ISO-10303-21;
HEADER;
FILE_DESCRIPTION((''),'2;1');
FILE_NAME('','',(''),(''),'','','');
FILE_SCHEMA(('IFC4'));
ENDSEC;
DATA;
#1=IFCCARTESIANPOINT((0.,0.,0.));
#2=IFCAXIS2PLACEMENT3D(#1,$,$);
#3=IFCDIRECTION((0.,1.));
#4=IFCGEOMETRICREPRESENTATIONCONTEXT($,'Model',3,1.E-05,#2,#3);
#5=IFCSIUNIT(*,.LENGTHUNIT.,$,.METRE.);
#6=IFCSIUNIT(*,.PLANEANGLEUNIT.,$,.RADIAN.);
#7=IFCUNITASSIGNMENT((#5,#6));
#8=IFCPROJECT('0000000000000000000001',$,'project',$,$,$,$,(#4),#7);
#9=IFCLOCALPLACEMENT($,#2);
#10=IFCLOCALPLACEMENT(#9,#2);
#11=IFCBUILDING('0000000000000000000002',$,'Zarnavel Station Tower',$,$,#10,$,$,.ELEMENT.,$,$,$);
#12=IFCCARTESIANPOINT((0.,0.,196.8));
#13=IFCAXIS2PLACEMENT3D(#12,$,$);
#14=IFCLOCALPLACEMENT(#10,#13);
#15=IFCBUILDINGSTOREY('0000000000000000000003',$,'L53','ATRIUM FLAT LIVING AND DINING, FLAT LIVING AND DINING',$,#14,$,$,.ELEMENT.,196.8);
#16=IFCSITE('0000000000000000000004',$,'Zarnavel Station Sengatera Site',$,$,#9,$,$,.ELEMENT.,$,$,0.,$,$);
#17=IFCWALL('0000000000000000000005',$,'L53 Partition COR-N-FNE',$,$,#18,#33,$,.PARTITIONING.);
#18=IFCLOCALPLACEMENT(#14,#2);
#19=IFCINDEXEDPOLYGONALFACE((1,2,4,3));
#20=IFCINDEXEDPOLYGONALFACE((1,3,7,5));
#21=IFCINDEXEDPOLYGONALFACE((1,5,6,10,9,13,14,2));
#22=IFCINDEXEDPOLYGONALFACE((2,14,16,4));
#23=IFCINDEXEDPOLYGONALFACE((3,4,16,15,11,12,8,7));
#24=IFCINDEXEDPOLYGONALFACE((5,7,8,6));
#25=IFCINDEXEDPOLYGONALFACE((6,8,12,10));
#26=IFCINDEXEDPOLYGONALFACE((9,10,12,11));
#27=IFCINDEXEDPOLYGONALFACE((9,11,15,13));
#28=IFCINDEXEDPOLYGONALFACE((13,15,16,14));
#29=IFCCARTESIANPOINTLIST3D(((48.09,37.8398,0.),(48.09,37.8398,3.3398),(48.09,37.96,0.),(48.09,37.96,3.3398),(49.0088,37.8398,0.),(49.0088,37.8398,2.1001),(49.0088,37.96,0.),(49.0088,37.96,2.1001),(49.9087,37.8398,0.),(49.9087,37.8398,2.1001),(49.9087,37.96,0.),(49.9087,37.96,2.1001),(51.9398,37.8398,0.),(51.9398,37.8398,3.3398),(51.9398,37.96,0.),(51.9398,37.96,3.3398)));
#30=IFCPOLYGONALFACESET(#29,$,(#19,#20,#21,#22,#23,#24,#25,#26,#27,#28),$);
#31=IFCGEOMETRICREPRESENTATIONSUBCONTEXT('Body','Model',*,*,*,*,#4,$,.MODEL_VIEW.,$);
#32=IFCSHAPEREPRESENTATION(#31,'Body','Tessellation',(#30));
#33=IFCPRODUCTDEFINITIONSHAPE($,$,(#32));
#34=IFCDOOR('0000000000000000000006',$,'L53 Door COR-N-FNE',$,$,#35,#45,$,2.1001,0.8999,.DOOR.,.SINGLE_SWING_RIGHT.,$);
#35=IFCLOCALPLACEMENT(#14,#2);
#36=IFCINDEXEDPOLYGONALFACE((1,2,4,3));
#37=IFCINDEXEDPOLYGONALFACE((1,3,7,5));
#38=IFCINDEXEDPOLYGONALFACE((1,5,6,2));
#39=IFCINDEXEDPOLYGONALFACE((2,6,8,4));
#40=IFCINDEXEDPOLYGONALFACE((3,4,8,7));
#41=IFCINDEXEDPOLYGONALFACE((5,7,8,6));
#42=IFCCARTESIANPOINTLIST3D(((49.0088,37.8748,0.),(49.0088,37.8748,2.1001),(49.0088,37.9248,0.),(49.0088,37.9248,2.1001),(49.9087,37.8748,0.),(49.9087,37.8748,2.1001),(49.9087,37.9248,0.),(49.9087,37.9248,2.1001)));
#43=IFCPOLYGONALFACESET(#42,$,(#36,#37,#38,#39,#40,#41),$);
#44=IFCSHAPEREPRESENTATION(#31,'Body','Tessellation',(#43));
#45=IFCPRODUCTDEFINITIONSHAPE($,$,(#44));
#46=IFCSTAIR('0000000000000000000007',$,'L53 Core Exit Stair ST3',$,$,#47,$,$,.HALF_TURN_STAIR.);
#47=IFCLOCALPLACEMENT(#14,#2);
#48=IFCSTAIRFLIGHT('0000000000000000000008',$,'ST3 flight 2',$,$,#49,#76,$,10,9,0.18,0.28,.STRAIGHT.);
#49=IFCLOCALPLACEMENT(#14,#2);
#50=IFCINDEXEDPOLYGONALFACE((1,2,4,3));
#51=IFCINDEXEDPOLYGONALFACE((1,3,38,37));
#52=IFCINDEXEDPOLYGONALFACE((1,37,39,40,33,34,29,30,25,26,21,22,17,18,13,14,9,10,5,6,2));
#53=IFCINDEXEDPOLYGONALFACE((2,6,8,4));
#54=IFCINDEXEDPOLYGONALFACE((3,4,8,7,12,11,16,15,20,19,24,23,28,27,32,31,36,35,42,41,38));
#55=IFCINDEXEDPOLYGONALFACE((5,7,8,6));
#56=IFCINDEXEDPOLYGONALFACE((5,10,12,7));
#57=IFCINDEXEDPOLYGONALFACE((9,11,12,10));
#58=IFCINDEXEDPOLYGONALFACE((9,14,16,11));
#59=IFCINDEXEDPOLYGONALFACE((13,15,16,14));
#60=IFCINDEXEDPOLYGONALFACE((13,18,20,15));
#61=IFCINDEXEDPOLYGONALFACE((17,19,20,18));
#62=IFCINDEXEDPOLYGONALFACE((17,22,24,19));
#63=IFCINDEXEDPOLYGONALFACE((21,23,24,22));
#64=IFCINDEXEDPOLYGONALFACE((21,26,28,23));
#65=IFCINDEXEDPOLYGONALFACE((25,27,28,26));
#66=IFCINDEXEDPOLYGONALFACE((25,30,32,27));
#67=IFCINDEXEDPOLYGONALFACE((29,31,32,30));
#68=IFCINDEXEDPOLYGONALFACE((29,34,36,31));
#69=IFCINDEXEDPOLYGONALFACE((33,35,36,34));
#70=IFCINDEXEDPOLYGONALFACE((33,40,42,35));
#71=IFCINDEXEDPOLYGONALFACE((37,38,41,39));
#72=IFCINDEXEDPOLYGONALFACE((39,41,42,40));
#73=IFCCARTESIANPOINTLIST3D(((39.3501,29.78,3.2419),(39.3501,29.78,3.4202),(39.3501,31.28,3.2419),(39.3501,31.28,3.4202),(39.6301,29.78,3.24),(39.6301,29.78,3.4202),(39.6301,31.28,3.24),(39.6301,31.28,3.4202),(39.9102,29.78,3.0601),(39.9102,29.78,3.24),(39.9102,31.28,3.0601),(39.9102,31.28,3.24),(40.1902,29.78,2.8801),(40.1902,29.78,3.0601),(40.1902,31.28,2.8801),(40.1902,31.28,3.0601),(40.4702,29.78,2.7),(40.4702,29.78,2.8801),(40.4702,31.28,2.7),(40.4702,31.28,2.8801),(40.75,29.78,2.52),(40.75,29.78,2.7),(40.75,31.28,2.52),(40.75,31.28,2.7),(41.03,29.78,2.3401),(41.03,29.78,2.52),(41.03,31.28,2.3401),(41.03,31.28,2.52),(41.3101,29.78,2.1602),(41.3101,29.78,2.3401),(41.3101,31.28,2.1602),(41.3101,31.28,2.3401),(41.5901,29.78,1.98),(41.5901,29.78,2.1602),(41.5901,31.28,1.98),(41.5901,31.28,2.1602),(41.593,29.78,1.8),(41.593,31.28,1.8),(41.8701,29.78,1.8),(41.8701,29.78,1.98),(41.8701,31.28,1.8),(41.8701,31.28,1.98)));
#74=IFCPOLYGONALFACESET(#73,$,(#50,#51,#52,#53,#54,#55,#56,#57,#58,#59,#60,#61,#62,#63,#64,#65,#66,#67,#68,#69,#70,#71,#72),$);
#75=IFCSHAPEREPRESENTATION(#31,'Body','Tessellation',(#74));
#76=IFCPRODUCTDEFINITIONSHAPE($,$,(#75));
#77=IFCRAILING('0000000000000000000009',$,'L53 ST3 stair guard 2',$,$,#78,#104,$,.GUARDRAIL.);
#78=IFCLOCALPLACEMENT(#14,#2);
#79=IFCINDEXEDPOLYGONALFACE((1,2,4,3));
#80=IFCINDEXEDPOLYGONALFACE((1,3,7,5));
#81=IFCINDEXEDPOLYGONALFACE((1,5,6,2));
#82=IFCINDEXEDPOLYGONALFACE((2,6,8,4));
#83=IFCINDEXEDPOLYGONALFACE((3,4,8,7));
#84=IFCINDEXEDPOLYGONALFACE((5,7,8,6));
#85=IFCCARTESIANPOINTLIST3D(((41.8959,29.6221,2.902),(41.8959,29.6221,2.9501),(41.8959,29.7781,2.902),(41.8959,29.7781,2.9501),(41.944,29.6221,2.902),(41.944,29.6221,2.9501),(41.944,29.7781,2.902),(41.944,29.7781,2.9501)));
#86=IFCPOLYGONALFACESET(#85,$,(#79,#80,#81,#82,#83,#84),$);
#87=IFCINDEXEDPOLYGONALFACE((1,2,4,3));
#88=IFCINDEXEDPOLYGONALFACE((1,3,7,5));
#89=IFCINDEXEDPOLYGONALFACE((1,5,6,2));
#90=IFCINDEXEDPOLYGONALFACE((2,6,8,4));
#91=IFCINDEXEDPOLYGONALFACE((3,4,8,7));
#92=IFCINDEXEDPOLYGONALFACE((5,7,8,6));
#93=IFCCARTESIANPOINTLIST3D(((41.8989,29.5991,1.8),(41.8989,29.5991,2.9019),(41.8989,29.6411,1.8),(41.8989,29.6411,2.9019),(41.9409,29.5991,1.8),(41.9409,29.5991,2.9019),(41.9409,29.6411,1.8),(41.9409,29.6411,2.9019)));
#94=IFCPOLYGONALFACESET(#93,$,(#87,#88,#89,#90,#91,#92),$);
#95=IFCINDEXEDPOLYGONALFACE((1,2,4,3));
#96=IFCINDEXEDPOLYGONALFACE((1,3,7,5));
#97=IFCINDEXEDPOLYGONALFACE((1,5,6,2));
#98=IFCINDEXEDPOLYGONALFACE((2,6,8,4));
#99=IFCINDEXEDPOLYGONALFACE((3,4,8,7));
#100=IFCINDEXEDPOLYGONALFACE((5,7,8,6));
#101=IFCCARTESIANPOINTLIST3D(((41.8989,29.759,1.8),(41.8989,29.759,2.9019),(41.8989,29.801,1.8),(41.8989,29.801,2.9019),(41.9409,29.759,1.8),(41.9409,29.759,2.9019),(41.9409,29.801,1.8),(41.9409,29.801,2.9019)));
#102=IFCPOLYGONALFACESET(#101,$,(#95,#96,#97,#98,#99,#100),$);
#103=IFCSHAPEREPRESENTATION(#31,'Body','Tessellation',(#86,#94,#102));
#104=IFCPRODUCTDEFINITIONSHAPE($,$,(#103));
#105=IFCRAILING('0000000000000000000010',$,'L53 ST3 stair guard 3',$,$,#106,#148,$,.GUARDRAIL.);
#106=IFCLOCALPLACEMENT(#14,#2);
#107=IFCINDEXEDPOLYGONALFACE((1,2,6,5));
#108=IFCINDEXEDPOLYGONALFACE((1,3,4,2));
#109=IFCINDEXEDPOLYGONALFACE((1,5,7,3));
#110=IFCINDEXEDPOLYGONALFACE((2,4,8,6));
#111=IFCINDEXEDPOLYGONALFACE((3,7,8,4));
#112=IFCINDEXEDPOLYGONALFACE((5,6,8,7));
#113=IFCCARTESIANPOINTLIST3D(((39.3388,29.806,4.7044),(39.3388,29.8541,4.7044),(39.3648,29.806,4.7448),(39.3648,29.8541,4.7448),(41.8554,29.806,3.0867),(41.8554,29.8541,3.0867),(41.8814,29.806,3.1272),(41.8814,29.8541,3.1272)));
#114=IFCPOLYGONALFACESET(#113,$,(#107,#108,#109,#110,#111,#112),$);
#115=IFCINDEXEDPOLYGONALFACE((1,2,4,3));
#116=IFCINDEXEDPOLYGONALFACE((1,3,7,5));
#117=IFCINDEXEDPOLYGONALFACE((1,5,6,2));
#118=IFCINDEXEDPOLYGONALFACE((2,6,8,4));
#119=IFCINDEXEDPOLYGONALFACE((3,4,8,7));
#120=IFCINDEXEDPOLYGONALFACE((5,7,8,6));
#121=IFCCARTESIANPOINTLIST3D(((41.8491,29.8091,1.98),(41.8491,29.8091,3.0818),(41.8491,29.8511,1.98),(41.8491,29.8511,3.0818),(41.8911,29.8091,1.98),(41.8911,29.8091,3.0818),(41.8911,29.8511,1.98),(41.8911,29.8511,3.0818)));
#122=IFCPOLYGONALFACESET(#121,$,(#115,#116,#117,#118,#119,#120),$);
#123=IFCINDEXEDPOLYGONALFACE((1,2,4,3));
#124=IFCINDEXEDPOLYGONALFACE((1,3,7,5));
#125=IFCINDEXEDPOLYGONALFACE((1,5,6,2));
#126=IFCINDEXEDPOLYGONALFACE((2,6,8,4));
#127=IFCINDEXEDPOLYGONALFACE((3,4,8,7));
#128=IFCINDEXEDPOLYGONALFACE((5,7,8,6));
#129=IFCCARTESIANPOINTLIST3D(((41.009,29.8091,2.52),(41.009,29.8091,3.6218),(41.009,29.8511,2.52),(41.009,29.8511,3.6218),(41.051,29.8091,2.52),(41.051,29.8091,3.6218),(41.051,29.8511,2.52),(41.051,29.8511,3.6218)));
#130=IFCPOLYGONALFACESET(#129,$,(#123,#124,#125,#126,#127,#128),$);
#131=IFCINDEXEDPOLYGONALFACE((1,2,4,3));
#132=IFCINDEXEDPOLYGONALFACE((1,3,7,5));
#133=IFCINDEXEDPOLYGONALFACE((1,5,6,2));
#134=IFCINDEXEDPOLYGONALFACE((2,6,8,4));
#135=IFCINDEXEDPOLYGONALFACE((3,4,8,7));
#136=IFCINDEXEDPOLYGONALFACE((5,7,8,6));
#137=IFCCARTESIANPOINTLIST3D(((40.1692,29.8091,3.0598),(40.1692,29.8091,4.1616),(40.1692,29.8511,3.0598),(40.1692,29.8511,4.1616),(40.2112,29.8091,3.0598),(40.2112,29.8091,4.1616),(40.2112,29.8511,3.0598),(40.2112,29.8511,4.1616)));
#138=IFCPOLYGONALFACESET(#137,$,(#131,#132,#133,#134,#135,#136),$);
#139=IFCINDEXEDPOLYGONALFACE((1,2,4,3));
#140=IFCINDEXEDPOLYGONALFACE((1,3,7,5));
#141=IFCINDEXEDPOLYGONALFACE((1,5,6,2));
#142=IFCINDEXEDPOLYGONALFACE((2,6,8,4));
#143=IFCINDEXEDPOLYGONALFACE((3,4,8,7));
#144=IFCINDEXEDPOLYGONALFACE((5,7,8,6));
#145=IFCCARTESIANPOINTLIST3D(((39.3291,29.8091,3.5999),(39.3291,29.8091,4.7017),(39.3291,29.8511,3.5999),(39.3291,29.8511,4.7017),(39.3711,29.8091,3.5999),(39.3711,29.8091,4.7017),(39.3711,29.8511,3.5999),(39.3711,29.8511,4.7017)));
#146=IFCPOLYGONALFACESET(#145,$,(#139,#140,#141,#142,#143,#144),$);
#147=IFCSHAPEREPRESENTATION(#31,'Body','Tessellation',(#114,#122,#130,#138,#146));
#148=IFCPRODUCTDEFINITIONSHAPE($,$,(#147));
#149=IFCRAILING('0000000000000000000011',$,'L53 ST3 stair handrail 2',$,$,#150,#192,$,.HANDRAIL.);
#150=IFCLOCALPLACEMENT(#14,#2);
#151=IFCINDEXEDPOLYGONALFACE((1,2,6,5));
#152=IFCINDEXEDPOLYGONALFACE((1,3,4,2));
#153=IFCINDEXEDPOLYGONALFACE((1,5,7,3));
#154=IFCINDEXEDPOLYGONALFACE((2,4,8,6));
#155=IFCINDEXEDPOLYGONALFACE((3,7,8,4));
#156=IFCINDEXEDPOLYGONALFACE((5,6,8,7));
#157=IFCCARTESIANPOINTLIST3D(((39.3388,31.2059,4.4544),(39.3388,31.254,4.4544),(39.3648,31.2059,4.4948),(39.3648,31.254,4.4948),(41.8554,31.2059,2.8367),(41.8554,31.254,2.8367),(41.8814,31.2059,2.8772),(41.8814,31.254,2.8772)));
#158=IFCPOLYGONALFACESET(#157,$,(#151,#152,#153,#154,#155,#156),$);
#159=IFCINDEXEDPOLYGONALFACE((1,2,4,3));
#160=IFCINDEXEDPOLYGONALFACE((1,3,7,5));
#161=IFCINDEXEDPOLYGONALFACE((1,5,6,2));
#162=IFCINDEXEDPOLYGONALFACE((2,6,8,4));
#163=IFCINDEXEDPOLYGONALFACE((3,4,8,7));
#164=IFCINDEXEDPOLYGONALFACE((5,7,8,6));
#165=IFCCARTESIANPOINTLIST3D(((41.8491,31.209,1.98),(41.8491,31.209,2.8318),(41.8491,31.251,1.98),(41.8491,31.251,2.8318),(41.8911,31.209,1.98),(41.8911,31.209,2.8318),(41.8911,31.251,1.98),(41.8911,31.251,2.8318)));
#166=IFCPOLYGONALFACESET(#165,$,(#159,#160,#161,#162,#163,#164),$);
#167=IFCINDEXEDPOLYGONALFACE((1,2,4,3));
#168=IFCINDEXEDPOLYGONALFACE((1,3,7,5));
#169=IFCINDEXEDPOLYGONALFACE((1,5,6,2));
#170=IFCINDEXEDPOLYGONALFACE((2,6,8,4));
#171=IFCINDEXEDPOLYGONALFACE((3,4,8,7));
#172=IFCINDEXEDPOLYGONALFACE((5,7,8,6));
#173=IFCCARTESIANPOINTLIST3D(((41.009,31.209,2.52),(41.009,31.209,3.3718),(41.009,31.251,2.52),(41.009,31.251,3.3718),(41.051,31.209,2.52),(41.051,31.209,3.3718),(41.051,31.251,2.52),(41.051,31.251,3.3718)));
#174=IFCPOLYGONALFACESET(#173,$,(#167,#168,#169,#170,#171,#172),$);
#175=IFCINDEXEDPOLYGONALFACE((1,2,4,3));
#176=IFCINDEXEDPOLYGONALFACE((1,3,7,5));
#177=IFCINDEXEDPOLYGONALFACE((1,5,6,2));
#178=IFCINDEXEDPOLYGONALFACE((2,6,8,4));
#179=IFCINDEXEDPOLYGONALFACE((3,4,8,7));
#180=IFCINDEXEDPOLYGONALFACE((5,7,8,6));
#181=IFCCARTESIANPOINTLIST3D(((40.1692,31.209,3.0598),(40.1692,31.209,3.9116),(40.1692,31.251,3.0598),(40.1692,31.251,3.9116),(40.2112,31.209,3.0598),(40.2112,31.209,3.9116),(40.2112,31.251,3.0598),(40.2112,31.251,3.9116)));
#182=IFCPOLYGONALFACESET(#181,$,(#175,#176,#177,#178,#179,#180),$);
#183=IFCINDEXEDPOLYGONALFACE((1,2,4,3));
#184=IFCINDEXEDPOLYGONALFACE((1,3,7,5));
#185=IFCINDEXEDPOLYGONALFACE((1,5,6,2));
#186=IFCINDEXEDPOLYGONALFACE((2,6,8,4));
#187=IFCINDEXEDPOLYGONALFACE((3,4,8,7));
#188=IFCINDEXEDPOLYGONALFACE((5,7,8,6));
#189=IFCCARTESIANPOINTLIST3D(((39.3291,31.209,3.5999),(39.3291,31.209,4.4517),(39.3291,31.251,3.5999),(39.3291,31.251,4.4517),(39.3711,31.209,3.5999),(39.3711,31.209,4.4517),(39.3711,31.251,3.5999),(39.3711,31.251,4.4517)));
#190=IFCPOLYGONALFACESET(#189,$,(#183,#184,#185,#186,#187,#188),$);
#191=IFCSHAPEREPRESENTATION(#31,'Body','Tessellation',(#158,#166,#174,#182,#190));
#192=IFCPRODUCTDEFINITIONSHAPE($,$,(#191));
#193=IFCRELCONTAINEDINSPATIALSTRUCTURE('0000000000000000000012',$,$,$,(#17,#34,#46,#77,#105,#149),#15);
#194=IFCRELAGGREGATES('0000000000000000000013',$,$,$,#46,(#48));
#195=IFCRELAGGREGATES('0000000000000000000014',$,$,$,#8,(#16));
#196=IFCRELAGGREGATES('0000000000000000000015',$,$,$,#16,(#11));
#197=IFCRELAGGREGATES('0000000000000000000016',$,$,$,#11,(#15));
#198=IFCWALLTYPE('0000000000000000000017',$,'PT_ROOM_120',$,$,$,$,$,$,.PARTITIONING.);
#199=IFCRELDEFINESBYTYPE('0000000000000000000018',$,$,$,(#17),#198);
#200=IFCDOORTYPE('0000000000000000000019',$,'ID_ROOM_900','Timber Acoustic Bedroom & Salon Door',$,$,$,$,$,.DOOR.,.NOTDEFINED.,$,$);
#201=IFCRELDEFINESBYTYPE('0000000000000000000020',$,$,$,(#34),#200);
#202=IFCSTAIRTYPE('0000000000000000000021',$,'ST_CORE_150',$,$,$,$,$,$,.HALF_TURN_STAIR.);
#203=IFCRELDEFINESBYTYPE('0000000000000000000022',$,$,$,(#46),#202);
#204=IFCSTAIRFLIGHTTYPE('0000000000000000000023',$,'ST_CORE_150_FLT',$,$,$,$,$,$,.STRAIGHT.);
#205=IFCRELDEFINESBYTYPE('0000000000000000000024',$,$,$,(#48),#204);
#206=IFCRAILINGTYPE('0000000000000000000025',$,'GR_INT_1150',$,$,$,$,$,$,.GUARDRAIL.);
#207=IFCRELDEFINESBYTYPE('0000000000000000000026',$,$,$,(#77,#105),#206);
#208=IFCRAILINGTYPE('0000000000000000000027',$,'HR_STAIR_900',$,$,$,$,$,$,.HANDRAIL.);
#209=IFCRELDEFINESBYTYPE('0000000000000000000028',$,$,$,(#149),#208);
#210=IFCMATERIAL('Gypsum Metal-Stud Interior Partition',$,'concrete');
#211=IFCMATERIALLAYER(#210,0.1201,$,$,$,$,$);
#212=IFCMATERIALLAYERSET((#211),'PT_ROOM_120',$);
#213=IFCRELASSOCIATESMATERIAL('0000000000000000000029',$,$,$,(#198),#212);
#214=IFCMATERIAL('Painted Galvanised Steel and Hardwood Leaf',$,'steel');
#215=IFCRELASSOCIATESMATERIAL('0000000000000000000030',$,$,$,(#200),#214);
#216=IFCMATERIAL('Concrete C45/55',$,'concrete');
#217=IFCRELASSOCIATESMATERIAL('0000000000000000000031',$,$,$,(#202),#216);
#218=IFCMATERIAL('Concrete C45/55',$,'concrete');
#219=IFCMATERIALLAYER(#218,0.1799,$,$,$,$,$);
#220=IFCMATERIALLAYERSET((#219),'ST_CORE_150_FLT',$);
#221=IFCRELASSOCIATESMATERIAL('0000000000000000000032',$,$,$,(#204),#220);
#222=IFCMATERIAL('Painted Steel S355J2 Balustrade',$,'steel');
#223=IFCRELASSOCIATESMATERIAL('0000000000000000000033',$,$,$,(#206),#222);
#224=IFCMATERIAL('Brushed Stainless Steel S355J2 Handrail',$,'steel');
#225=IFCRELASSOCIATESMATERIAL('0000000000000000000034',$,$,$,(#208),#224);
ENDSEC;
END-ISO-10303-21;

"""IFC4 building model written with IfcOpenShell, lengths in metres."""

from ifc_helpers import new_model, si_unit, direction, frame, frame_2d, origin, origin_2d, place, context, subcontext, project, spatial, polyline, rectangle, outline, extrude, material, layer, layer_set, type_object, element, fill, aggregate, save


model = new_model("IFC4")

# Units and contexts
model_context = context("Model", 3, precision=1e-05, world=origin(), true_north=direction((0.0, 1.0)))
body_context = subcontext(model_context, "Body", "Model", "MODEL_VIEW")
ifc_project = project(units=[si_unit("LENGTHUNIT", "METRE"), si_unit("PLANEANGLEUNIT", "RADIAN")], contexts=[model_context])

# Site, building, storey
site_placement = place(None, origin())
site = spatial("IfcSite", under=ifc_project, at=site_placement, Name="Zarnavel Station Sengatera Site", CompositionType="ELEMENT", RefElevation=0.0)
building_placement = place(site_placement, origin())
building = spatial("IfcBuilding", under=site, at=building_placement, Name="Zarnavel Station Tower", CompositionType="ELEMENT")
storey_placement = place(building_placement, frame((0.0, 0.0, 196.8)))
storey = spatial("IfcBuildingStorey", under=building, at=storey_placement, Name="L53", Description="ATRIUM FLAT LIVING AND DINING, FLAT LIVING AND DINING", CompositionType="ELEMENT", Elevation=196.8)

# Wall, opening, door
ifc_material_1 = material(Name="Gypsum Metal-Stud Interior Partition", Category="concrete")
ifc_layer_1 = layer(ifc_material_1, 0.1201)
ifc_layer_set_1 = layer_set([ifc_layer_1], Name="PT_ROOM_120")
wall_type_1 = type_object("IfcWallType", Name="PT_ROOM_120", PredefinedType="PARTITIONING", material=ifc_layer_set_1)
wall_1_placement = place(storey_placement, frame((48.0901, 37.8999, 0.0), z_axis=(0.0, 0.0, 1.0), x_axis=(1.0, 0.0, 0.0)))
wall_1 = element("IfcWall", 1, at=wall_1_placement, inside=storey, type_object=wall_type_1, Name="L53 Partition COR-N-FNE", PredefinedType="PARTITIONING", context=body_context, shape_type="SweptSolid", body=[
    extrude(rectangle(XDim=3.8499, YDim=0.1201, at=frame_2d((1.9248, 0.0))), origin(), (0.0, 0.0, 1.0), 3.3398),
])
opening_1_placement = place(wall_1_placement, frame((0.9187, 0.0, 0.0)))
opening_1 = element("IfcOpeningElement", 2, at=opening_1_placement, cuts=wall_1, PredefinedType="OPENING", context=body_context, shape_type="SweptSolid", body=[
    extrude(rectangle(XDim=0.8999, YDim=2.1001, at=frame_2d((0.45, 1.05))), frame((0.0, 0.0701, 0.0), z_axis=(0.0, -1.0, 0.0), x_axis=(1.0, 0.0, 0.0)), (0.0, 0.0, 1.0), 0.1401),
])
ifc_material_2 = material(Name="Painted Galvanised Steel and Hardwood Leaf", Category="steel")
door_type_1 = type_object("IfcDoorType", Name="ID_ROOM_900", Description="Timber Acoustic Bedroom & Salon Door", OperationType="NOTDEFINED", PredefinedType="DOOR", material=ifc_material_2)
door_1_placement = place(opening_1_placement, origin())
door_1 = element("IfcDoor", 3, at=door_1_placement, inside=storey, type_object=door_type_1, Name="L53 Door COR-N-FNE", OperationType="SINGLE_SWING_RIGHT", OverallHeight=2.1001, OverallWidth=0.8999, PredefinedType="DOOR", context=body_context, shape_type="SweptSolid", body=[
    extrude(rectangle(XDim=0.8999, YDim=2.1001, at=frame_2d((0.45, 1.05))), frame((0.0, 0.0249, 0.0), z_axis=(0.0, -1.0, 0.0), x_axis=(1.0, 0.0, 0.0)), (0.0, 0.0, 1.0), 0.05),
])
fill(opening_1, door_1)

# Stair, stair flight
ifc_material_3 = material(Name="Concrete C45/55", Category="concrete")
stair_type = type_object("IfcStairType", Name="ST_CORE_150", PredefinedType="HALF_TURN_STAIR", material=ifc_material_3)
stair_placement = place(storey_placement, origin())
stair = element("IfcStair", 4, at=stair_placement, inside=storey, type_object=stair_type, Name="L53 Core Exit Stair ST3", PredefinedType="HALF_TURN_STAIR")
ifc_material_4 = material(Name="Concrete C45/55", Category="concrete")
ifc_layer_2 = layer(ifc_material_4, 0.1799)
ifc_layer_set_2 = layer_set([ifc_layer_2], Name="ST_CORE_150_FLT")
stair_flight_type = type_object("IfcStairFlightType", Name="ST_CORE_150_FLT", PredefinedType="STRAIGHT", material=ifc_layer_set_2)
stair_flight_placement = place(storey_placement, frame((41.8701, 30.53, 1.8), z_axis=(0.0, 0.0, 1.0), x_axis=(-1.0, 0.0, 0.0)))
stair_flight = element("IfcStairFlight", 5, at=stair_flight_placement, type_object=stair_flight_type, Name="ST3 flight 2", NumberOfRisers=10, NumberOfTreads=9, PredefinedType="STRAIGHT", RiserHeight=0.18, TreadLength=0.28, context=body_context, shape_type="SweptSolid", body=[
    extrude(outline(polyline([(0.0, 0.0), (0.0, 0.1799), (0.28, 0.1799), (0.28, 0.3601), (0.5601, 0.3601), (0.5601, 0.54), (0.8401, 0.54), (0.8401, 0.72), (1.1201, 0.72), (1.1201, 0.8999), (1.3999, 0.8999), (1.3999, 1.0801), (1.6799, 1.0801), (1.6799, 1.26), (1.96, 1.26), (1.96, 1.4399), (2.24, 1.4399), (2.24, 1.6201), (2.52, 1.6201), (2.52, 1.8), (2.52, 1.4419), (0.2771, 0.0), (0.0, 0.0)])), frame((0.0, 0.75, 0.0), z_axis=(0.0, -1.0, 0.0), x_axis=(1.0, 0.0, 0.0)), (0.0, 0.0, 1.0), 1.5),
])
aggregate(stair, [stair_flight])

# Railings
ifc_material_5 = material(Name="Painted Steel S355J2 Balustrade", Category="steel")
railing_type_1 = type_object("IfcRailingType", Name="GR_INT_1150", PredefinedType="GUARDRAIL", material=ifc_material_5)
railing_1_placement = place(storey_placement, frame((41.9199, 29.6201, 1.8)))
element("IfcRailing", 6, at=railing_1_placement, inside=storey, type_object=railing_type_1, Name="L53 ST3 stair guard 2", PredefinedType="GUARDRAIL", context=body_context, shape_type="SweptSolid", body=[
    extrude(rectangle(XDim=0.0481, YDim=0.0481, at=origin_2d()), frame((0.0, 0.002, 1.126), z_axis=(0.0, 1.0, 0.0), x_axis=(-1.0, 0.0, 0.0)), (0.0, 0.0, 1.0), 0.156),
    extrude(rectangle(XDim=0.042, YDim=0.042, at=origin_2d()), origin(), (0.0, 0.0, 1.0), 1.1018),
    extrude(rectangle(XDim=0.042, YDim=0.042, at=origin_2d()), frame((0.0, 0.1599, 0.0)), (0.0, 0.0, 1.0), 1.1018),
])
railing_2_placement = place(storey_placement, frame((41.8701, 29.8301, 1.98)))
element("IfcRailing", 7, at=railing_2_placement, inside=storey, type_object=railing_type_1, Name="L53 ST3 stair guard 3", PredefinedType="GUARDRAIL", context=body_context, shape_type="SweptSolid", body=[
    extrude(rectangle(XDim=0.0481, YDim=0.0481, at=origin_2d()), frame((-0.0017, 0.0, 1.127), z_axis=(-0.8412, 0.0, 0.540725), x_axis=(0.0, -1.0, 0.0)), (0.0, 0.0, 1.0), 2.9917),
    extrude(rectangle(XDim=0.042, YDim=0.042, at=origin_2d()), origin(), (0.0, 0.0, 1.0), 1.1018),
    extrude(rectangle(XDim=0.042, YDim=0.042, at=origin_2d()), frame((-0.8401, 0.0, 0.54)), (0.0, 0.0, 1.0), 1.1018),
    extrude(rectangle(XDim=0.042, YDim=0.042, at=origin_2d()), frame((-1.6799, 0.0, 1.0798)), (0.0, 0.0, 1.0), 1.1018),
    extrude(rectangle(XDim=0.042, YDim=0.042, at=origin_2d()), frame((-2.52, 0.0, 1.6199)), (0.0, 0.0, 1.0), 1.1018),
])
ifc_material_6 = material(Name="Brushed Stainless Steel S355J2 Handrail", Category="steel")
railing_type_2 = type_object("IfcRailingType", Name="HR_STAIR_900", PredefinedType="HANDRAIL", material=ifc_material_6)
railing_3_placement = place(storey_placement, frame((41.8701, 31.23, 1.98)))
element("IfcRailing", 8, at=railing_3_placement, inside=storey, type_object=railing_type_2, Name="L53 ST3 stair handrail 2", PredefinedType="HANDRAIL", context=body_context, shape_type="SweptSolid", body=[
    extrude(rectangle(XDim=0.0481, YDim=0.0481, at=origin_2d()), frame((-0.0017, 0.0, 0.877), z_axis=(-0.8412, 0.0, 0.540725), x_axis=(0.0, -1.0, 0.0)), (0.0, 0.0, 1.0), 2.9917),
    extrude(rectangle(XDim=0.042, YDim=0.042, at=origin_2d()), origin(), (0.0, 0.0, 1.0), 0.8518),
    extrude(rectangle(XDim=0.042, YDim=0.042, at=origin_2d()), frame((-0.8401, 0.0, 0.54)), (0.0, 0.0, 1.0), 0.8518),
    extrude(rectangle(XDim=0.042, YDim=0.042, at=origin_2d()), frame((-1.6799, 0.0, 1.0798)), (0.0, 0.0, 1.0), 0.8518),
    extrude(rectangle(XDim=0.042, YDim=0.042, at=origin_2d()), frame((-2.52, 0.0, 1.6199)), (0.0, 0.0, 1.0), 0.8518),
])

save(model, "model.ifc")
